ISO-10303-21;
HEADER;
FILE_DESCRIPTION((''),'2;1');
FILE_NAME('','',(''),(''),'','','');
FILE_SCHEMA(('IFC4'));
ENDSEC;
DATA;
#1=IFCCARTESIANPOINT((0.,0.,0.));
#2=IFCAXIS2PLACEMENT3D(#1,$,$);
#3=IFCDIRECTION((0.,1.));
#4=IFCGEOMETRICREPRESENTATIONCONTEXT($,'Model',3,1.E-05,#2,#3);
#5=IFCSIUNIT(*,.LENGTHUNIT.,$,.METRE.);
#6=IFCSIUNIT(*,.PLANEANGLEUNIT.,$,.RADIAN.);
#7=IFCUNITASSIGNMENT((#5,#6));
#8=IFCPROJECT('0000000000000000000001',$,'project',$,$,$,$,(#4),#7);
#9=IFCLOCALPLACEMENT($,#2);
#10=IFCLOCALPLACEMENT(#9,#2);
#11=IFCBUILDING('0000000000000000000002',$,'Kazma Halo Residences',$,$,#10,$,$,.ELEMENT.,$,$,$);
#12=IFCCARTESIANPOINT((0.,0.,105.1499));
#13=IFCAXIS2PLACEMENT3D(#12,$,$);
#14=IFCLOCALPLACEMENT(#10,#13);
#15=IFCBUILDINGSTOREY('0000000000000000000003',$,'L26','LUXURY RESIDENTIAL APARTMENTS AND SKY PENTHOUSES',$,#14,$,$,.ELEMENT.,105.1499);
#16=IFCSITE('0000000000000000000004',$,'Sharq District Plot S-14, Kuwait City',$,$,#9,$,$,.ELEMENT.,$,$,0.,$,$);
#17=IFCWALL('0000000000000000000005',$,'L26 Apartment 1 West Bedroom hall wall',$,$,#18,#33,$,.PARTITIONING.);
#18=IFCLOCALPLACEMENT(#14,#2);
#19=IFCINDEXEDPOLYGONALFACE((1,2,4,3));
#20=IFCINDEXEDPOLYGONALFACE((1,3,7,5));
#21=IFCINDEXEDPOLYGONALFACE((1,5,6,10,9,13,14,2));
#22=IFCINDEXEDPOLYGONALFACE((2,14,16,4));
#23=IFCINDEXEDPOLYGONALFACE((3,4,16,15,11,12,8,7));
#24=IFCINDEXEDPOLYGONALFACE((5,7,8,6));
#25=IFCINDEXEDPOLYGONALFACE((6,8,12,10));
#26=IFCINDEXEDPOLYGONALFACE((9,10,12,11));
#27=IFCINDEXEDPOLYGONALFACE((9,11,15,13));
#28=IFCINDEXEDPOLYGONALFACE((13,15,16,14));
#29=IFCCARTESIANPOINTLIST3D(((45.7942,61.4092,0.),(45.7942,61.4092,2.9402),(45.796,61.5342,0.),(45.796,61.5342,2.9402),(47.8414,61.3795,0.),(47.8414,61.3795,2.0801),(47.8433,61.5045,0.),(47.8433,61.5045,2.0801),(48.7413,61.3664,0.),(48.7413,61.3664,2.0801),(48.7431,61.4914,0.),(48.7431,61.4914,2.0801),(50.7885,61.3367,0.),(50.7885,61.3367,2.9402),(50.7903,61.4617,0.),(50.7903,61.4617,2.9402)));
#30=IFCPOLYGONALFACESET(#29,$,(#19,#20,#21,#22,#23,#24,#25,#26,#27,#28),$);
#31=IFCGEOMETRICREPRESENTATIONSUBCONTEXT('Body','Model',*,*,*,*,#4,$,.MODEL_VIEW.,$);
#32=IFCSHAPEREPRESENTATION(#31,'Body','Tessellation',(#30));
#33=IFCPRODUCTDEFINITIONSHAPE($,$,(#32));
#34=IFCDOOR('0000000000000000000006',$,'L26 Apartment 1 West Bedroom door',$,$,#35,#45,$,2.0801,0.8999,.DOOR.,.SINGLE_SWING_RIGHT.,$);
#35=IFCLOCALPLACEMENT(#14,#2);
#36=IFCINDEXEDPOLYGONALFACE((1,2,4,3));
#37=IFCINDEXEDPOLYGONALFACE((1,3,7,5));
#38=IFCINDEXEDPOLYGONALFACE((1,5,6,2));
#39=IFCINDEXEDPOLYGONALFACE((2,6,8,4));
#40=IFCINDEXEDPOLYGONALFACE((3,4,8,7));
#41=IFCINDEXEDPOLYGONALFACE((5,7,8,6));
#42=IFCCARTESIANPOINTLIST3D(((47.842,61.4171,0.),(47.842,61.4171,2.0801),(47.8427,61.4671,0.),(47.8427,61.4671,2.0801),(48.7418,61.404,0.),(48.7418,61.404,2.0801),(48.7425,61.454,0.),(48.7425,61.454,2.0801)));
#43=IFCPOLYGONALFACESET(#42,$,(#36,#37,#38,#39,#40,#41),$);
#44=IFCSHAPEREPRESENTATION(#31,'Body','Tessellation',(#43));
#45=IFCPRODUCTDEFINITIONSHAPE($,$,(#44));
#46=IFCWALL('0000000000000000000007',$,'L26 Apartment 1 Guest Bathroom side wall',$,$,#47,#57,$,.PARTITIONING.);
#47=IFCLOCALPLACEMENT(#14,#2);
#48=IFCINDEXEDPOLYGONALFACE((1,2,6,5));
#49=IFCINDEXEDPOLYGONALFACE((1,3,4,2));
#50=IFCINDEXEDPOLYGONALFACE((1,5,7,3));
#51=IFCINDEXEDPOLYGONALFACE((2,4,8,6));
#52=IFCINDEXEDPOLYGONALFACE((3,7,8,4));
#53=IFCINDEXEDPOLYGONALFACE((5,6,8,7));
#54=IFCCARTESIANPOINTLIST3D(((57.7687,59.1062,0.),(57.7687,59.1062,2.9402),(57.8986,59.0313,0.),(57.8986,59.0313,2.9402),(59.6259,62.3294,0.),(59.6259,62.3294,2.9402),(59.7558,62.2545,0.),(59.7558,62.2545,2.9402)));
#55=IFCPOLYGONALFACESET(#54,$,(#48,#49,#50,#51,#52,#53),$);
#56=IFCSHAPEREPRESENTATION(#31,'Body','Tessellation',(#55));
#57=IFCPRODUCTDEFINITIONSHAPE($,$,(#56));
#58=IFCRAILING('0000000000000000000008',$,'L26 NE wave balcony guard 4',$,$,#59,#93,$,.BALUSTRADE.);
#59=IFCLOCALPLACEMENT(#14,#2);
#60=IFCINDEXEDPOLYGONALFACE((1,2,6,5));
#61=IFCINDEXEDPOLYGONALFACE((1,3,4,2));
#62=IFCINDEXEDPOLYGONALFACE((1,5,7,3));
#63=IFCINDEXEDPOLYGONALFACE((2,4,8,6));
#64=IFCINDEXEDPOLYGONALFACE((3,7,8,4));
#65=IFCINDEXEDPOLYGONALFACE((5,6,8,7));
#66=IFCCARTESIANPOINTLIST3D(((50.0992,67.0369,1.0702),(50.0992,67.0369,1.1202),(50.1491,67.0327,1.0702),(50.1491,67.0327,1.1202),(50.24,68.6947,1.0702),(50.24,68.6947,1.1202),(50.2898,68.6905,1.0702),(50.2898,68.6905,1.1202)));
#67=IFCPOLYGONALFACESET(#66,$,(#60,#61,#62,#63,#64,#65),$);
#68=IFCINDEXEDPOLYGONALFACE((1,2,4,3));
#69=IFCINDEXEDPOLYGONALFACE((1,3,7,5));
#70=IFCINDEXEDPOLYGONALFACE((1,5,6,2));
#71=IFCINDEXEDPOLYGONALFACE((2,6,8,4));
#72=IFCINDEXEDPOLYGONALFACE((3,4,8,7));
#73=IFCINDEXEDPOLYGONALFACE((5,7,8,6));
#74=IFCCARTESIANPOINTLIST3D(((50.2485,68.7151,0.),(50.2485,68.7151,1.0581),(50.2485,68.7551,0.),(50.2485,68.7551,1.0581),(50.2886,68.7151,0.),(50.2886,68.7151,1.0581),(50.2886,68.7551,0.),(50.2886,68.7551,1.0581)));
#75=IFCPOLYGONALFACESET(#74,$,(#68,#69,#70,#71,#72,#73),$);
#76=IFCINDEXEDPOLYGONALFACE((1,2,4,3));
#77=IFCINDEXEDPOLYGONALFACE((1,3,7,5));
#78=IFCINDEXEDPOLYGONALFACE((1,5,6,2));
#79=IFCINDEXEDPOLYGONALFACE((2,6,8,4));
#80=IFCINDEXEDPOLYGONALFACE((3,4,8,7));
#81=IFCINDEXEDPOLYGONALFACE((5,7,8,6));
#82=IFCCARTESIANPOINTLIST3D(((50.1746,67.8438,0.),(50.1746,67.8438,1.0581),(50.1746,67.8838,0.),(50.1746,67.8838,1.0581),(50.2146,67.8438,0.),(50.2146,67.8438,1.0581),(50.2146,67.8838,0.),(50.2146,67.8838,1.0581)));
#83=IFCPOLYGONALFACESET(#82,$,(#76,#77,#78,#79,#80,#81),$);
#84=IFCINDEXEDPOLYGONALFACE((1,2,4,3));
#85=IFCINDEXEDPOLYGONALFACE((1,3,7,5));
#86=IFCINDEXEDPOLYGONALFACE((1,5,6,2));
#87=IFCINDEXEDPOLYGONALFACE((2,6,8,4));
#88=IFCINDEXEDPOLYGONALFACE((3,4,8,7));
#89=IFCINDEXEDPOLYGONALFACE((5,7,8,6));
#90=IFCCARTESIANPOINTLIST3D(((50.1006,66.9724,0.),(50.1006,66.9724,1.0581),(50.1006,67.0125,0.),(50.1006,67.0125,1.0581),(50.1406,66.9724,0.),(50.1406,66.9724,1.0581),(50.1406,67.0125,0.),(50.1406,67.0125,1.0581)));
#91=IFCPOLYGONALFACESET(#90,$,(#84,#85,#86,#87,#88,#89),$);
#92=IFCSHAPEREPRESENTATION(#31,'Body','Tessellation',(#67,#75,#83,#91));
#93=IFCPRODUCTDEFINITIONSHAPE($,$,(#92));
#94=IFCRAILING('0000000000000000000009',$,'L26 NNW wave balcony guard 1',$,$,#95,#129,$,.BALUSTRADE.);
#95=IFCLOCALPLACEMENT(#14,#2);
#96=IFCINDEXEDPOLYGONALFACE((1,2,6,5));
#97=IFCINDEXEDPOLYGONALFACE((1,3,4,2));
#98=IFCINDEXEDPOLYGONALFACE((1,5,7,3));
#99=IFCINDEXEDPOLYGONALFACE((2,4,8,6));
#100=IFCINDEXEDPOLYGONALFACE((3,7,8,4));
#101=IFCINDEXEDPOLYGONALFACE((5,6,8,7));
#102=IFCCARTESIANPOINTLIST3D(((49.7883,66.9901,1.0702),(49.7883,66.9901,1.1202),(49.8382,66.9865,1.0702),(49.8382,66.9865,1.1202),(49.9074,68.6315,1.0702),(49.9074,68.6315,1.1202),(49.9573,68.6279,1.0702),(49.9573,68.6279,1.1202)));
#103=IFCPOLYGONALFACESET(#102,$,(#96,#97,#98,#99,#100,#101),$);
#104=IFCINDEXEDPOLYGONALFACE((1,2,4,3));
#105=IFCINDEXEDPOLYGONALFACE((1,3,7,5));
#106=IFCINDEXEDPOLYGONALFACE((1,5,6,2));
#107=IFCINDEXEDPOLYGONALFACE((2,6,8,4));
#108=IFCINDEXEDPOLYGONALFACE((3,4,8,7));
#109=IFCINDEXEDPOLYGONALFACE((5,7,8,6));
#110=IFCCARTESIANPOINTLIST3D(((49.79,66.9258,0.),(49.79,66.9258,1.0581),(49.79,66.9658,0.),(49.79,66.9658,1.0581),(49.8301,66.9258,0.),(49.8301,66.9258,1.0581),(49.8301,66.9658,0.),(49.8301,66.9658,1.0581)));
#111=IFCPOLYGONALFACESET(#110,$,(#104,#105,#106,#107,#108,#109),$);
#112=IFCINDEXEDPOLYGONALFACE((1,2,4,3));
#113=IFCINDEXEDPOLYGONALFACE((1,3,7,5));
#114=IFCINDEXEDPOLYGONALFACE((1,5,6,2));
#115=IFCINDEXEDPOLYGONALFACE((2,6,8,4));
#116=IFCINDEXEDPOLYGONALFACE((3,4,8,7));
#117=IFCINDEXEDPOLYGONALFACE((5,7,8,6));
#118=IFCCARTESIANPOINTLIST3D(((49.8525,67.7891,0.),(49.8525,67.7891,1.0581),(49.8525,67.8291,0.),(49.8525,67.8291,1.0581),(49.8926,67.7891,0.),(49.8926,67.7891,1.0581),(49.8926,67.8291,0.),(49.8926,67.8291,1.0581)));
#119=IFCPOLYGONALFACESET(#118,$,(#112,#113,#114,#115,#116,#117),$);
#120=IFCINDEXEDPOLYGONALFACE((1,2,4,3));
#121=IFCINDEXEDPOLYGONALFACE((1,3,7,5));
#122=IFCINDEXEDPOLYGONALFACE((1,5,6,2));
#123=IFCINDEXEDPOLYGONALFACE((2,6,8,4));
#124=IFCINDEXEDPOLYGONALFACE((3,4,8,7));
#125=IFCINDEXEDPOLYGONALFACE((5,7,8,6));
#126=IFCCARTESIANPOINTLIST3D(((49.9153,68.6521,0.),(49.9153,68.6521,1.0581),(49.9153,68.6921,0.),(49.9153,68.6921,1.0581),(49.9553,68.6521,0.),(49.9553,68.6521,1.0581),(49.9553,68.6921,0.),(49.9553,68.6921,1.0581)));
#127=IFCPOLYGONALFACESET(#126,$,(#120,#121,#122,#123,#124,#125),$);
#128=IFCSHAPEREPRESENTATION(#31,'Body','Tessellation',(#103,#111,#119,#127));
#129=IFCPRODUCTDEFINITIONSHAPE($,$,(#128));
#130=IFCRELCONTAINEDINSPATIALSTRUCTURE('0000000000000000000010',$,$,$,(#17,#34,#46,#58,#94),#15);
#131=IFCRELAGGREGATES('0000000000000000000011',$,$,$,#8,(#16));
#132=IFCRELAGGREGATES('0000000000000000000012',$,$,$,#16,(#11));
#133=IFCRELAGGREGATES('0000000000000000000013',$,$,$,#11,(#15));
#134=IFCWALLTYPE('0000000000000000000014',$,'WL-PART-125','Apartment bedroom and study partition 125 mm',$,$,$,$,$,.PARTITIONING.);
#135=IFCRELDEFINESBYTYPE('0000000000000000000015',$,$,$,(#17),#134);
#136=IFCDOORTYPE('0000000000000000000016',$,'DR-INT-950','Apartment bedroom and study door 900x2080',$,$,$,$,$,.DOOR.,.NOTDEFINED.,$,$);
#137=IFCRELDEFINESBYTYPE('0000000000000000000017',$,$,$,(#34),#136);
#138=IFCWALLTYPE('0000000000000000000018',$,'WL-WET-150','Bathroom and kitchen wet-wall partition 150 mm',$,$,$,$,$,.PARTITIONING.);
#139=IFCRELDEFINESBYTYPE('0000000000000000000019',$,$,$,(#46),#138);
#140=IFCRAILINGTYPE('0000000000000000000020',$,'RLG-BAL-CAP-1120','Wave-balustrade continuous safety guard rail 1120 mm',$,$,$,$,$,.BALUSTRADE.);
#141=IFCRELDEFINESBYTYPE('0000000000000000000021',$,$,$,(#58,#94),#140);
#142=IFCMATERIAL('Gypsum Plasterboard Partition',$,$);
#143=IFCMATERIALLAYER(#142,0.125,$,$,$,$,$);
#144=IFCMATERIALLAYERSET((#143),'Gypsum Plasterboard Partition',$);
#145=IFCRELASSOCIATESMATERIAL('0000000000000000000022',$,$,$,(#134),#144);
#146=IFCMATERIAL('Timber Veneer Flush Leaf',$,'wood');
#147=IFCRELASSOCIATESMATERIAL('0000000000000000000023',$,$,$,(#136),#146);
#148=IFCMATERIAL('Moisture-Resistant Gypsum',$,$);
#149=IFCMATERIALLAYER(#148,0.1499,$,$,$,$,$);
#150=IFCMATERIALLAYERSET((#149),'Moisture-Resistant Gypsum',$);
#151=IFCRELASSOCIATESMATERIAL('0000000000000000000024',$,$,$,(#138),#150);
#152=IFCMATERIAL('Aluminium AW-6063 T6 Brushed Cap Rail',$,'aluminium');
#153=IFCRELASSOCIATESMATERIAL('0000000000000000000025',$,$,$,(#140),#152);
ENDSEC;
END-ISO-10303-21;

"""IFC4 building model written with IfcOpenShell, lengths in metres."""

from ifc_helpers import new_model, si_unit, direction, frame, frame_2d, origin, origin_2d, place, context, subcontext, project, spatial, rectangle, extrude, material, layer, layer_set, type_object, element, fill, save


model = new_model("IFC4")

# Units and contexts
model_context = context("Model", 3, precision=1e-05, world=origin(), true_north=direction((0.0, 1.0)))
body_context = subcontext(model_context, "Body", "Model", "MODEL_VIEW")
ifc_project = project(units=[si_unit("LENGTHUNIT", "METRE"), si_unit("PLANEANGLEUNIT", "RADIAN")], contexts=[model_context])

# Site, building, storey
site_placement = place(None, origin())
site = spatial("IfcSite", under=ifc_project, at=site_placement, Name="Sharq District Plot S-14, Kuwait City", CompositionType="ELEMENT", RefElevation=0.0)
building_placement = place(site_placement, origin())
building = spatial("IfcBuilding", under=site, at=building_placement, Name="Kazma Halo Residences", CompositionType="ELEMENT")
storey_placement = place(building_placement, frame((0.0, 0.0, 105.1499)))
storey = spatial("IfcBuildingStorey", under=building, at=storey_placement, Name="L26", Description="LUXURY RESIDENTIAL APARTMENTS AND SKY PENTHOUSES", CompositionType="ELEMENT", Elevation=105.1499)

# Shared definitions
ifc_material_1 = material(Name="Gypsum Plasterboard Partition")
ifc_layer_1 = layer(ifc_material_1, 0.125)
ifc_layer_set_1 = layer_set([ifc_layer_1], Name="Gypsum Plasterboard Partition")
wall_type_1 = type_object("IfcWallType", Name="WL-PART-125", Description="Apartment bedroom and study partition 125 mm", PredefinedType="PARTITIONING", material=ifc_layer_set_1)

# Wall, opening, door
wall_1_placement = place(storey_placement, frame((50.7896, 61.3992, 0.0), z_axis=(0.0, 0.0, 1.0), x_axis=(-0.999895, 0.014517, 0.0)))
wall_1 = element("IfcWall", 1, at=wall_1_placement, inside=storey, type_object=wall_type_1, Name="L26 Apartment 1 West Bedroom hall wall", PredefinedType="PARTITIONING", context=body_context, shape_type="SweptSolid", body=[
    extrude(rectangle(XDim=4.9949, YDim=0.125, at=frame_2d((2.4976, 0.0))), origin(), (0.0, 0.0, 1.0), 2.9402),
])
opening_1_placement = place(wall_1_placement, frame((2.0476, 0.0, 0.0)))
opening_1 = element("IfcOpeningElement", 2, at=opening_1_placement, cuts=wall_1, PredefinedType="OPENING", context=body_context, shape_type="SweptSolid", body=[
    extrude(rectangle(XDim=0.8999, YDim=2.0801, at=frame_2d((0.45, 1.04))), frame((0.0, 0.0725, 0.0), z_axis=(0.0, -1.0, 0.0), x_axis=(1.0, 0.0, 0.0)), (0.0, 0.0, 1.0), 0.145),
])
ifc_material_2 = material(Name="Timber Veneer Flush Leaf", Category="wood")
door_type_1 = type_object("IfcDoorType", Name="DR-INT-950", Description="Apartment bedroom and study door 900x2080", OperationType="NOTDEFINED", PredefinedType="DOOR", material=ifc_material_2)
door_1_placement = place(opening_1_placement, origin())
door_1 = element("IfcDoor", 3, at=door_1_placement, inside=storey, type_object=door_type_1, Name="L26 Apartment 1 West Bedroom door", OperationType="SINGLE_SWING_RIGHT", OverallHeight=2.0801, OverallWidth=0.8999, PredefinedType="DOOR", context=body_context, shape_type="SweptSolid", body=[
    extrude(rectangle(XDim=0.8999, YDim=2.0801, at=frame_2d((0.45, 1.04))), frame((0.0, 0.0249, 0.0), z_axis=(0.0, -1.0, 0.0), x_axis=(1.0, 0.0, 0.0)), (0.0, 0.0, 1.0), 0.05),
])
fill(opening_1, door_1)

# Wall
ifc_material_3 = material(Name="Moisture-Resistant Gypsum")
ifc_layer_2 = layer(ifc_material_3, 0.1499)
ifc_layer_set_2 = layer_set([ifc_layer_2], Name="Moisture-Resistant Gypsum")
wall_type_2 = type_object("IfcWallType", Name="WL-WET-150", Description="Bathroom and kitchen wet-wall partition 150 mm", PredefinedType="PARTITIONING", material=ifc_layer_set_2)
wall_2_placement = place(storey_placement, frame((57.8337, 59.0688, 0.0), z_axis=(0.0, 0.0, 1.0), x_axis=(0.499253, 0.866456, 0.0)))
element("IfcWall", 4, at=wall_2_placement, inside=storey, type_object=wall_type_2, Name="L26 Apartment 1 Guest Bathroom side wall", PredefinedType="PARTITIONING", context=body_context, shape_type="SweptSolid", body=[
    extrude(rectangle(XDim=3.72, YDim=0.1499, at=frame_2d((1.8599, 0.0))), origin(), (0.0, 0.0, 1.0), 2.9402),
])

# Railings
ifc_material_4 = material(Name="Aluminium AW-6063 T6 Brushed Cap Rail", Category="aluminium")
railing_type = type_object("IfcRailingType", Name="RLG-BAL-CAP-1120", Description="Wave-balustrade continuous safety guard rail 1120 mm", PredefinedType="BALUSTRADE", material=ifc_material_4)
railing_1_placement = place(storey_placement, frame((50.2686, 68.7351, 0.0)))
element("IfcRailing", 5, at=railing_1_placement, inside=storey, type_object=railing_type, Name="L26 NE wave balcony guard 4", PredefinedType="BALUSTRADE", context=body_context, shape_type="SweptSolid", body=[
    extrude(rectangle(XDim=0.05, YDim=0.05, at=origin_2d()), frame((-0.0037, -0.0425, 1.0952), z_axis=(-0.084593, -0.996416, 0.0), x_axis=(0.996416, -0.084593, 0.0)), (0.0, 0.0, 1.0), 1.6638),
    extrude(rectangle(XDim=0.04, YDim=0.04, at=origin_2d()), origin(), (0.0, 0.0, 1.0), 1.0581),
    extrude(rectangle(XDim=0.04, YDim=0.04, at=origin_2d()), frame((-0.074, -0.8713, 0.0)), (0.0, 0.0, 1.0), 1.0581),
    extrude(rectangle(XDim=0.04, YDim=0.04, at=origin_2d()), frame((-0.1479, -1.7427, 0.0)), (0.0, 0.0, 1.0), 1.0581),
])
railing_2_placement = place(storey_placement, frame((49.8101, 66.9458, 0.0)))
element("IfcRailing", 6, at=railing_2_placement, inside=storey, type_object=railing_type, Name="L26 NNW wave balcony guard 1", PredefinedType="BALUSTRADE", context=body_context, shape_type="SweptSolid", body=[
    extrude(rectangle(XDim=0.05, YDim=0.05, at=origin_2d()), frame((0.0032, 0.0425, 1.0952), z_axis=(0.07236, 0.997379, 0.0), x_axis=(-0.997379, 0.07236, 0.0)), (0.0, 0.0, 1.0), 1.6458),
    extrude(rectangle(XDim=0.04, YDim=0.04, at=origin_2d()), origin(), (0.0, 0.0, 1.0), 1.0581),
    extrude(rectangle(XDim=0.04, YDim=0.04, at=origin_2d()), frame((0.0625, 0.8633, 0.0)), (0.0, 0.0, 1.0), 1.0581),
    extrude(rectangle(XDim=0.04, YDim=0.04, at=origin_2d()), frame((0.1252, 1.7263, 0.0)), (0.0, 0.0, 1.0), 1.0581),
])

save(model, "model.ifc")
